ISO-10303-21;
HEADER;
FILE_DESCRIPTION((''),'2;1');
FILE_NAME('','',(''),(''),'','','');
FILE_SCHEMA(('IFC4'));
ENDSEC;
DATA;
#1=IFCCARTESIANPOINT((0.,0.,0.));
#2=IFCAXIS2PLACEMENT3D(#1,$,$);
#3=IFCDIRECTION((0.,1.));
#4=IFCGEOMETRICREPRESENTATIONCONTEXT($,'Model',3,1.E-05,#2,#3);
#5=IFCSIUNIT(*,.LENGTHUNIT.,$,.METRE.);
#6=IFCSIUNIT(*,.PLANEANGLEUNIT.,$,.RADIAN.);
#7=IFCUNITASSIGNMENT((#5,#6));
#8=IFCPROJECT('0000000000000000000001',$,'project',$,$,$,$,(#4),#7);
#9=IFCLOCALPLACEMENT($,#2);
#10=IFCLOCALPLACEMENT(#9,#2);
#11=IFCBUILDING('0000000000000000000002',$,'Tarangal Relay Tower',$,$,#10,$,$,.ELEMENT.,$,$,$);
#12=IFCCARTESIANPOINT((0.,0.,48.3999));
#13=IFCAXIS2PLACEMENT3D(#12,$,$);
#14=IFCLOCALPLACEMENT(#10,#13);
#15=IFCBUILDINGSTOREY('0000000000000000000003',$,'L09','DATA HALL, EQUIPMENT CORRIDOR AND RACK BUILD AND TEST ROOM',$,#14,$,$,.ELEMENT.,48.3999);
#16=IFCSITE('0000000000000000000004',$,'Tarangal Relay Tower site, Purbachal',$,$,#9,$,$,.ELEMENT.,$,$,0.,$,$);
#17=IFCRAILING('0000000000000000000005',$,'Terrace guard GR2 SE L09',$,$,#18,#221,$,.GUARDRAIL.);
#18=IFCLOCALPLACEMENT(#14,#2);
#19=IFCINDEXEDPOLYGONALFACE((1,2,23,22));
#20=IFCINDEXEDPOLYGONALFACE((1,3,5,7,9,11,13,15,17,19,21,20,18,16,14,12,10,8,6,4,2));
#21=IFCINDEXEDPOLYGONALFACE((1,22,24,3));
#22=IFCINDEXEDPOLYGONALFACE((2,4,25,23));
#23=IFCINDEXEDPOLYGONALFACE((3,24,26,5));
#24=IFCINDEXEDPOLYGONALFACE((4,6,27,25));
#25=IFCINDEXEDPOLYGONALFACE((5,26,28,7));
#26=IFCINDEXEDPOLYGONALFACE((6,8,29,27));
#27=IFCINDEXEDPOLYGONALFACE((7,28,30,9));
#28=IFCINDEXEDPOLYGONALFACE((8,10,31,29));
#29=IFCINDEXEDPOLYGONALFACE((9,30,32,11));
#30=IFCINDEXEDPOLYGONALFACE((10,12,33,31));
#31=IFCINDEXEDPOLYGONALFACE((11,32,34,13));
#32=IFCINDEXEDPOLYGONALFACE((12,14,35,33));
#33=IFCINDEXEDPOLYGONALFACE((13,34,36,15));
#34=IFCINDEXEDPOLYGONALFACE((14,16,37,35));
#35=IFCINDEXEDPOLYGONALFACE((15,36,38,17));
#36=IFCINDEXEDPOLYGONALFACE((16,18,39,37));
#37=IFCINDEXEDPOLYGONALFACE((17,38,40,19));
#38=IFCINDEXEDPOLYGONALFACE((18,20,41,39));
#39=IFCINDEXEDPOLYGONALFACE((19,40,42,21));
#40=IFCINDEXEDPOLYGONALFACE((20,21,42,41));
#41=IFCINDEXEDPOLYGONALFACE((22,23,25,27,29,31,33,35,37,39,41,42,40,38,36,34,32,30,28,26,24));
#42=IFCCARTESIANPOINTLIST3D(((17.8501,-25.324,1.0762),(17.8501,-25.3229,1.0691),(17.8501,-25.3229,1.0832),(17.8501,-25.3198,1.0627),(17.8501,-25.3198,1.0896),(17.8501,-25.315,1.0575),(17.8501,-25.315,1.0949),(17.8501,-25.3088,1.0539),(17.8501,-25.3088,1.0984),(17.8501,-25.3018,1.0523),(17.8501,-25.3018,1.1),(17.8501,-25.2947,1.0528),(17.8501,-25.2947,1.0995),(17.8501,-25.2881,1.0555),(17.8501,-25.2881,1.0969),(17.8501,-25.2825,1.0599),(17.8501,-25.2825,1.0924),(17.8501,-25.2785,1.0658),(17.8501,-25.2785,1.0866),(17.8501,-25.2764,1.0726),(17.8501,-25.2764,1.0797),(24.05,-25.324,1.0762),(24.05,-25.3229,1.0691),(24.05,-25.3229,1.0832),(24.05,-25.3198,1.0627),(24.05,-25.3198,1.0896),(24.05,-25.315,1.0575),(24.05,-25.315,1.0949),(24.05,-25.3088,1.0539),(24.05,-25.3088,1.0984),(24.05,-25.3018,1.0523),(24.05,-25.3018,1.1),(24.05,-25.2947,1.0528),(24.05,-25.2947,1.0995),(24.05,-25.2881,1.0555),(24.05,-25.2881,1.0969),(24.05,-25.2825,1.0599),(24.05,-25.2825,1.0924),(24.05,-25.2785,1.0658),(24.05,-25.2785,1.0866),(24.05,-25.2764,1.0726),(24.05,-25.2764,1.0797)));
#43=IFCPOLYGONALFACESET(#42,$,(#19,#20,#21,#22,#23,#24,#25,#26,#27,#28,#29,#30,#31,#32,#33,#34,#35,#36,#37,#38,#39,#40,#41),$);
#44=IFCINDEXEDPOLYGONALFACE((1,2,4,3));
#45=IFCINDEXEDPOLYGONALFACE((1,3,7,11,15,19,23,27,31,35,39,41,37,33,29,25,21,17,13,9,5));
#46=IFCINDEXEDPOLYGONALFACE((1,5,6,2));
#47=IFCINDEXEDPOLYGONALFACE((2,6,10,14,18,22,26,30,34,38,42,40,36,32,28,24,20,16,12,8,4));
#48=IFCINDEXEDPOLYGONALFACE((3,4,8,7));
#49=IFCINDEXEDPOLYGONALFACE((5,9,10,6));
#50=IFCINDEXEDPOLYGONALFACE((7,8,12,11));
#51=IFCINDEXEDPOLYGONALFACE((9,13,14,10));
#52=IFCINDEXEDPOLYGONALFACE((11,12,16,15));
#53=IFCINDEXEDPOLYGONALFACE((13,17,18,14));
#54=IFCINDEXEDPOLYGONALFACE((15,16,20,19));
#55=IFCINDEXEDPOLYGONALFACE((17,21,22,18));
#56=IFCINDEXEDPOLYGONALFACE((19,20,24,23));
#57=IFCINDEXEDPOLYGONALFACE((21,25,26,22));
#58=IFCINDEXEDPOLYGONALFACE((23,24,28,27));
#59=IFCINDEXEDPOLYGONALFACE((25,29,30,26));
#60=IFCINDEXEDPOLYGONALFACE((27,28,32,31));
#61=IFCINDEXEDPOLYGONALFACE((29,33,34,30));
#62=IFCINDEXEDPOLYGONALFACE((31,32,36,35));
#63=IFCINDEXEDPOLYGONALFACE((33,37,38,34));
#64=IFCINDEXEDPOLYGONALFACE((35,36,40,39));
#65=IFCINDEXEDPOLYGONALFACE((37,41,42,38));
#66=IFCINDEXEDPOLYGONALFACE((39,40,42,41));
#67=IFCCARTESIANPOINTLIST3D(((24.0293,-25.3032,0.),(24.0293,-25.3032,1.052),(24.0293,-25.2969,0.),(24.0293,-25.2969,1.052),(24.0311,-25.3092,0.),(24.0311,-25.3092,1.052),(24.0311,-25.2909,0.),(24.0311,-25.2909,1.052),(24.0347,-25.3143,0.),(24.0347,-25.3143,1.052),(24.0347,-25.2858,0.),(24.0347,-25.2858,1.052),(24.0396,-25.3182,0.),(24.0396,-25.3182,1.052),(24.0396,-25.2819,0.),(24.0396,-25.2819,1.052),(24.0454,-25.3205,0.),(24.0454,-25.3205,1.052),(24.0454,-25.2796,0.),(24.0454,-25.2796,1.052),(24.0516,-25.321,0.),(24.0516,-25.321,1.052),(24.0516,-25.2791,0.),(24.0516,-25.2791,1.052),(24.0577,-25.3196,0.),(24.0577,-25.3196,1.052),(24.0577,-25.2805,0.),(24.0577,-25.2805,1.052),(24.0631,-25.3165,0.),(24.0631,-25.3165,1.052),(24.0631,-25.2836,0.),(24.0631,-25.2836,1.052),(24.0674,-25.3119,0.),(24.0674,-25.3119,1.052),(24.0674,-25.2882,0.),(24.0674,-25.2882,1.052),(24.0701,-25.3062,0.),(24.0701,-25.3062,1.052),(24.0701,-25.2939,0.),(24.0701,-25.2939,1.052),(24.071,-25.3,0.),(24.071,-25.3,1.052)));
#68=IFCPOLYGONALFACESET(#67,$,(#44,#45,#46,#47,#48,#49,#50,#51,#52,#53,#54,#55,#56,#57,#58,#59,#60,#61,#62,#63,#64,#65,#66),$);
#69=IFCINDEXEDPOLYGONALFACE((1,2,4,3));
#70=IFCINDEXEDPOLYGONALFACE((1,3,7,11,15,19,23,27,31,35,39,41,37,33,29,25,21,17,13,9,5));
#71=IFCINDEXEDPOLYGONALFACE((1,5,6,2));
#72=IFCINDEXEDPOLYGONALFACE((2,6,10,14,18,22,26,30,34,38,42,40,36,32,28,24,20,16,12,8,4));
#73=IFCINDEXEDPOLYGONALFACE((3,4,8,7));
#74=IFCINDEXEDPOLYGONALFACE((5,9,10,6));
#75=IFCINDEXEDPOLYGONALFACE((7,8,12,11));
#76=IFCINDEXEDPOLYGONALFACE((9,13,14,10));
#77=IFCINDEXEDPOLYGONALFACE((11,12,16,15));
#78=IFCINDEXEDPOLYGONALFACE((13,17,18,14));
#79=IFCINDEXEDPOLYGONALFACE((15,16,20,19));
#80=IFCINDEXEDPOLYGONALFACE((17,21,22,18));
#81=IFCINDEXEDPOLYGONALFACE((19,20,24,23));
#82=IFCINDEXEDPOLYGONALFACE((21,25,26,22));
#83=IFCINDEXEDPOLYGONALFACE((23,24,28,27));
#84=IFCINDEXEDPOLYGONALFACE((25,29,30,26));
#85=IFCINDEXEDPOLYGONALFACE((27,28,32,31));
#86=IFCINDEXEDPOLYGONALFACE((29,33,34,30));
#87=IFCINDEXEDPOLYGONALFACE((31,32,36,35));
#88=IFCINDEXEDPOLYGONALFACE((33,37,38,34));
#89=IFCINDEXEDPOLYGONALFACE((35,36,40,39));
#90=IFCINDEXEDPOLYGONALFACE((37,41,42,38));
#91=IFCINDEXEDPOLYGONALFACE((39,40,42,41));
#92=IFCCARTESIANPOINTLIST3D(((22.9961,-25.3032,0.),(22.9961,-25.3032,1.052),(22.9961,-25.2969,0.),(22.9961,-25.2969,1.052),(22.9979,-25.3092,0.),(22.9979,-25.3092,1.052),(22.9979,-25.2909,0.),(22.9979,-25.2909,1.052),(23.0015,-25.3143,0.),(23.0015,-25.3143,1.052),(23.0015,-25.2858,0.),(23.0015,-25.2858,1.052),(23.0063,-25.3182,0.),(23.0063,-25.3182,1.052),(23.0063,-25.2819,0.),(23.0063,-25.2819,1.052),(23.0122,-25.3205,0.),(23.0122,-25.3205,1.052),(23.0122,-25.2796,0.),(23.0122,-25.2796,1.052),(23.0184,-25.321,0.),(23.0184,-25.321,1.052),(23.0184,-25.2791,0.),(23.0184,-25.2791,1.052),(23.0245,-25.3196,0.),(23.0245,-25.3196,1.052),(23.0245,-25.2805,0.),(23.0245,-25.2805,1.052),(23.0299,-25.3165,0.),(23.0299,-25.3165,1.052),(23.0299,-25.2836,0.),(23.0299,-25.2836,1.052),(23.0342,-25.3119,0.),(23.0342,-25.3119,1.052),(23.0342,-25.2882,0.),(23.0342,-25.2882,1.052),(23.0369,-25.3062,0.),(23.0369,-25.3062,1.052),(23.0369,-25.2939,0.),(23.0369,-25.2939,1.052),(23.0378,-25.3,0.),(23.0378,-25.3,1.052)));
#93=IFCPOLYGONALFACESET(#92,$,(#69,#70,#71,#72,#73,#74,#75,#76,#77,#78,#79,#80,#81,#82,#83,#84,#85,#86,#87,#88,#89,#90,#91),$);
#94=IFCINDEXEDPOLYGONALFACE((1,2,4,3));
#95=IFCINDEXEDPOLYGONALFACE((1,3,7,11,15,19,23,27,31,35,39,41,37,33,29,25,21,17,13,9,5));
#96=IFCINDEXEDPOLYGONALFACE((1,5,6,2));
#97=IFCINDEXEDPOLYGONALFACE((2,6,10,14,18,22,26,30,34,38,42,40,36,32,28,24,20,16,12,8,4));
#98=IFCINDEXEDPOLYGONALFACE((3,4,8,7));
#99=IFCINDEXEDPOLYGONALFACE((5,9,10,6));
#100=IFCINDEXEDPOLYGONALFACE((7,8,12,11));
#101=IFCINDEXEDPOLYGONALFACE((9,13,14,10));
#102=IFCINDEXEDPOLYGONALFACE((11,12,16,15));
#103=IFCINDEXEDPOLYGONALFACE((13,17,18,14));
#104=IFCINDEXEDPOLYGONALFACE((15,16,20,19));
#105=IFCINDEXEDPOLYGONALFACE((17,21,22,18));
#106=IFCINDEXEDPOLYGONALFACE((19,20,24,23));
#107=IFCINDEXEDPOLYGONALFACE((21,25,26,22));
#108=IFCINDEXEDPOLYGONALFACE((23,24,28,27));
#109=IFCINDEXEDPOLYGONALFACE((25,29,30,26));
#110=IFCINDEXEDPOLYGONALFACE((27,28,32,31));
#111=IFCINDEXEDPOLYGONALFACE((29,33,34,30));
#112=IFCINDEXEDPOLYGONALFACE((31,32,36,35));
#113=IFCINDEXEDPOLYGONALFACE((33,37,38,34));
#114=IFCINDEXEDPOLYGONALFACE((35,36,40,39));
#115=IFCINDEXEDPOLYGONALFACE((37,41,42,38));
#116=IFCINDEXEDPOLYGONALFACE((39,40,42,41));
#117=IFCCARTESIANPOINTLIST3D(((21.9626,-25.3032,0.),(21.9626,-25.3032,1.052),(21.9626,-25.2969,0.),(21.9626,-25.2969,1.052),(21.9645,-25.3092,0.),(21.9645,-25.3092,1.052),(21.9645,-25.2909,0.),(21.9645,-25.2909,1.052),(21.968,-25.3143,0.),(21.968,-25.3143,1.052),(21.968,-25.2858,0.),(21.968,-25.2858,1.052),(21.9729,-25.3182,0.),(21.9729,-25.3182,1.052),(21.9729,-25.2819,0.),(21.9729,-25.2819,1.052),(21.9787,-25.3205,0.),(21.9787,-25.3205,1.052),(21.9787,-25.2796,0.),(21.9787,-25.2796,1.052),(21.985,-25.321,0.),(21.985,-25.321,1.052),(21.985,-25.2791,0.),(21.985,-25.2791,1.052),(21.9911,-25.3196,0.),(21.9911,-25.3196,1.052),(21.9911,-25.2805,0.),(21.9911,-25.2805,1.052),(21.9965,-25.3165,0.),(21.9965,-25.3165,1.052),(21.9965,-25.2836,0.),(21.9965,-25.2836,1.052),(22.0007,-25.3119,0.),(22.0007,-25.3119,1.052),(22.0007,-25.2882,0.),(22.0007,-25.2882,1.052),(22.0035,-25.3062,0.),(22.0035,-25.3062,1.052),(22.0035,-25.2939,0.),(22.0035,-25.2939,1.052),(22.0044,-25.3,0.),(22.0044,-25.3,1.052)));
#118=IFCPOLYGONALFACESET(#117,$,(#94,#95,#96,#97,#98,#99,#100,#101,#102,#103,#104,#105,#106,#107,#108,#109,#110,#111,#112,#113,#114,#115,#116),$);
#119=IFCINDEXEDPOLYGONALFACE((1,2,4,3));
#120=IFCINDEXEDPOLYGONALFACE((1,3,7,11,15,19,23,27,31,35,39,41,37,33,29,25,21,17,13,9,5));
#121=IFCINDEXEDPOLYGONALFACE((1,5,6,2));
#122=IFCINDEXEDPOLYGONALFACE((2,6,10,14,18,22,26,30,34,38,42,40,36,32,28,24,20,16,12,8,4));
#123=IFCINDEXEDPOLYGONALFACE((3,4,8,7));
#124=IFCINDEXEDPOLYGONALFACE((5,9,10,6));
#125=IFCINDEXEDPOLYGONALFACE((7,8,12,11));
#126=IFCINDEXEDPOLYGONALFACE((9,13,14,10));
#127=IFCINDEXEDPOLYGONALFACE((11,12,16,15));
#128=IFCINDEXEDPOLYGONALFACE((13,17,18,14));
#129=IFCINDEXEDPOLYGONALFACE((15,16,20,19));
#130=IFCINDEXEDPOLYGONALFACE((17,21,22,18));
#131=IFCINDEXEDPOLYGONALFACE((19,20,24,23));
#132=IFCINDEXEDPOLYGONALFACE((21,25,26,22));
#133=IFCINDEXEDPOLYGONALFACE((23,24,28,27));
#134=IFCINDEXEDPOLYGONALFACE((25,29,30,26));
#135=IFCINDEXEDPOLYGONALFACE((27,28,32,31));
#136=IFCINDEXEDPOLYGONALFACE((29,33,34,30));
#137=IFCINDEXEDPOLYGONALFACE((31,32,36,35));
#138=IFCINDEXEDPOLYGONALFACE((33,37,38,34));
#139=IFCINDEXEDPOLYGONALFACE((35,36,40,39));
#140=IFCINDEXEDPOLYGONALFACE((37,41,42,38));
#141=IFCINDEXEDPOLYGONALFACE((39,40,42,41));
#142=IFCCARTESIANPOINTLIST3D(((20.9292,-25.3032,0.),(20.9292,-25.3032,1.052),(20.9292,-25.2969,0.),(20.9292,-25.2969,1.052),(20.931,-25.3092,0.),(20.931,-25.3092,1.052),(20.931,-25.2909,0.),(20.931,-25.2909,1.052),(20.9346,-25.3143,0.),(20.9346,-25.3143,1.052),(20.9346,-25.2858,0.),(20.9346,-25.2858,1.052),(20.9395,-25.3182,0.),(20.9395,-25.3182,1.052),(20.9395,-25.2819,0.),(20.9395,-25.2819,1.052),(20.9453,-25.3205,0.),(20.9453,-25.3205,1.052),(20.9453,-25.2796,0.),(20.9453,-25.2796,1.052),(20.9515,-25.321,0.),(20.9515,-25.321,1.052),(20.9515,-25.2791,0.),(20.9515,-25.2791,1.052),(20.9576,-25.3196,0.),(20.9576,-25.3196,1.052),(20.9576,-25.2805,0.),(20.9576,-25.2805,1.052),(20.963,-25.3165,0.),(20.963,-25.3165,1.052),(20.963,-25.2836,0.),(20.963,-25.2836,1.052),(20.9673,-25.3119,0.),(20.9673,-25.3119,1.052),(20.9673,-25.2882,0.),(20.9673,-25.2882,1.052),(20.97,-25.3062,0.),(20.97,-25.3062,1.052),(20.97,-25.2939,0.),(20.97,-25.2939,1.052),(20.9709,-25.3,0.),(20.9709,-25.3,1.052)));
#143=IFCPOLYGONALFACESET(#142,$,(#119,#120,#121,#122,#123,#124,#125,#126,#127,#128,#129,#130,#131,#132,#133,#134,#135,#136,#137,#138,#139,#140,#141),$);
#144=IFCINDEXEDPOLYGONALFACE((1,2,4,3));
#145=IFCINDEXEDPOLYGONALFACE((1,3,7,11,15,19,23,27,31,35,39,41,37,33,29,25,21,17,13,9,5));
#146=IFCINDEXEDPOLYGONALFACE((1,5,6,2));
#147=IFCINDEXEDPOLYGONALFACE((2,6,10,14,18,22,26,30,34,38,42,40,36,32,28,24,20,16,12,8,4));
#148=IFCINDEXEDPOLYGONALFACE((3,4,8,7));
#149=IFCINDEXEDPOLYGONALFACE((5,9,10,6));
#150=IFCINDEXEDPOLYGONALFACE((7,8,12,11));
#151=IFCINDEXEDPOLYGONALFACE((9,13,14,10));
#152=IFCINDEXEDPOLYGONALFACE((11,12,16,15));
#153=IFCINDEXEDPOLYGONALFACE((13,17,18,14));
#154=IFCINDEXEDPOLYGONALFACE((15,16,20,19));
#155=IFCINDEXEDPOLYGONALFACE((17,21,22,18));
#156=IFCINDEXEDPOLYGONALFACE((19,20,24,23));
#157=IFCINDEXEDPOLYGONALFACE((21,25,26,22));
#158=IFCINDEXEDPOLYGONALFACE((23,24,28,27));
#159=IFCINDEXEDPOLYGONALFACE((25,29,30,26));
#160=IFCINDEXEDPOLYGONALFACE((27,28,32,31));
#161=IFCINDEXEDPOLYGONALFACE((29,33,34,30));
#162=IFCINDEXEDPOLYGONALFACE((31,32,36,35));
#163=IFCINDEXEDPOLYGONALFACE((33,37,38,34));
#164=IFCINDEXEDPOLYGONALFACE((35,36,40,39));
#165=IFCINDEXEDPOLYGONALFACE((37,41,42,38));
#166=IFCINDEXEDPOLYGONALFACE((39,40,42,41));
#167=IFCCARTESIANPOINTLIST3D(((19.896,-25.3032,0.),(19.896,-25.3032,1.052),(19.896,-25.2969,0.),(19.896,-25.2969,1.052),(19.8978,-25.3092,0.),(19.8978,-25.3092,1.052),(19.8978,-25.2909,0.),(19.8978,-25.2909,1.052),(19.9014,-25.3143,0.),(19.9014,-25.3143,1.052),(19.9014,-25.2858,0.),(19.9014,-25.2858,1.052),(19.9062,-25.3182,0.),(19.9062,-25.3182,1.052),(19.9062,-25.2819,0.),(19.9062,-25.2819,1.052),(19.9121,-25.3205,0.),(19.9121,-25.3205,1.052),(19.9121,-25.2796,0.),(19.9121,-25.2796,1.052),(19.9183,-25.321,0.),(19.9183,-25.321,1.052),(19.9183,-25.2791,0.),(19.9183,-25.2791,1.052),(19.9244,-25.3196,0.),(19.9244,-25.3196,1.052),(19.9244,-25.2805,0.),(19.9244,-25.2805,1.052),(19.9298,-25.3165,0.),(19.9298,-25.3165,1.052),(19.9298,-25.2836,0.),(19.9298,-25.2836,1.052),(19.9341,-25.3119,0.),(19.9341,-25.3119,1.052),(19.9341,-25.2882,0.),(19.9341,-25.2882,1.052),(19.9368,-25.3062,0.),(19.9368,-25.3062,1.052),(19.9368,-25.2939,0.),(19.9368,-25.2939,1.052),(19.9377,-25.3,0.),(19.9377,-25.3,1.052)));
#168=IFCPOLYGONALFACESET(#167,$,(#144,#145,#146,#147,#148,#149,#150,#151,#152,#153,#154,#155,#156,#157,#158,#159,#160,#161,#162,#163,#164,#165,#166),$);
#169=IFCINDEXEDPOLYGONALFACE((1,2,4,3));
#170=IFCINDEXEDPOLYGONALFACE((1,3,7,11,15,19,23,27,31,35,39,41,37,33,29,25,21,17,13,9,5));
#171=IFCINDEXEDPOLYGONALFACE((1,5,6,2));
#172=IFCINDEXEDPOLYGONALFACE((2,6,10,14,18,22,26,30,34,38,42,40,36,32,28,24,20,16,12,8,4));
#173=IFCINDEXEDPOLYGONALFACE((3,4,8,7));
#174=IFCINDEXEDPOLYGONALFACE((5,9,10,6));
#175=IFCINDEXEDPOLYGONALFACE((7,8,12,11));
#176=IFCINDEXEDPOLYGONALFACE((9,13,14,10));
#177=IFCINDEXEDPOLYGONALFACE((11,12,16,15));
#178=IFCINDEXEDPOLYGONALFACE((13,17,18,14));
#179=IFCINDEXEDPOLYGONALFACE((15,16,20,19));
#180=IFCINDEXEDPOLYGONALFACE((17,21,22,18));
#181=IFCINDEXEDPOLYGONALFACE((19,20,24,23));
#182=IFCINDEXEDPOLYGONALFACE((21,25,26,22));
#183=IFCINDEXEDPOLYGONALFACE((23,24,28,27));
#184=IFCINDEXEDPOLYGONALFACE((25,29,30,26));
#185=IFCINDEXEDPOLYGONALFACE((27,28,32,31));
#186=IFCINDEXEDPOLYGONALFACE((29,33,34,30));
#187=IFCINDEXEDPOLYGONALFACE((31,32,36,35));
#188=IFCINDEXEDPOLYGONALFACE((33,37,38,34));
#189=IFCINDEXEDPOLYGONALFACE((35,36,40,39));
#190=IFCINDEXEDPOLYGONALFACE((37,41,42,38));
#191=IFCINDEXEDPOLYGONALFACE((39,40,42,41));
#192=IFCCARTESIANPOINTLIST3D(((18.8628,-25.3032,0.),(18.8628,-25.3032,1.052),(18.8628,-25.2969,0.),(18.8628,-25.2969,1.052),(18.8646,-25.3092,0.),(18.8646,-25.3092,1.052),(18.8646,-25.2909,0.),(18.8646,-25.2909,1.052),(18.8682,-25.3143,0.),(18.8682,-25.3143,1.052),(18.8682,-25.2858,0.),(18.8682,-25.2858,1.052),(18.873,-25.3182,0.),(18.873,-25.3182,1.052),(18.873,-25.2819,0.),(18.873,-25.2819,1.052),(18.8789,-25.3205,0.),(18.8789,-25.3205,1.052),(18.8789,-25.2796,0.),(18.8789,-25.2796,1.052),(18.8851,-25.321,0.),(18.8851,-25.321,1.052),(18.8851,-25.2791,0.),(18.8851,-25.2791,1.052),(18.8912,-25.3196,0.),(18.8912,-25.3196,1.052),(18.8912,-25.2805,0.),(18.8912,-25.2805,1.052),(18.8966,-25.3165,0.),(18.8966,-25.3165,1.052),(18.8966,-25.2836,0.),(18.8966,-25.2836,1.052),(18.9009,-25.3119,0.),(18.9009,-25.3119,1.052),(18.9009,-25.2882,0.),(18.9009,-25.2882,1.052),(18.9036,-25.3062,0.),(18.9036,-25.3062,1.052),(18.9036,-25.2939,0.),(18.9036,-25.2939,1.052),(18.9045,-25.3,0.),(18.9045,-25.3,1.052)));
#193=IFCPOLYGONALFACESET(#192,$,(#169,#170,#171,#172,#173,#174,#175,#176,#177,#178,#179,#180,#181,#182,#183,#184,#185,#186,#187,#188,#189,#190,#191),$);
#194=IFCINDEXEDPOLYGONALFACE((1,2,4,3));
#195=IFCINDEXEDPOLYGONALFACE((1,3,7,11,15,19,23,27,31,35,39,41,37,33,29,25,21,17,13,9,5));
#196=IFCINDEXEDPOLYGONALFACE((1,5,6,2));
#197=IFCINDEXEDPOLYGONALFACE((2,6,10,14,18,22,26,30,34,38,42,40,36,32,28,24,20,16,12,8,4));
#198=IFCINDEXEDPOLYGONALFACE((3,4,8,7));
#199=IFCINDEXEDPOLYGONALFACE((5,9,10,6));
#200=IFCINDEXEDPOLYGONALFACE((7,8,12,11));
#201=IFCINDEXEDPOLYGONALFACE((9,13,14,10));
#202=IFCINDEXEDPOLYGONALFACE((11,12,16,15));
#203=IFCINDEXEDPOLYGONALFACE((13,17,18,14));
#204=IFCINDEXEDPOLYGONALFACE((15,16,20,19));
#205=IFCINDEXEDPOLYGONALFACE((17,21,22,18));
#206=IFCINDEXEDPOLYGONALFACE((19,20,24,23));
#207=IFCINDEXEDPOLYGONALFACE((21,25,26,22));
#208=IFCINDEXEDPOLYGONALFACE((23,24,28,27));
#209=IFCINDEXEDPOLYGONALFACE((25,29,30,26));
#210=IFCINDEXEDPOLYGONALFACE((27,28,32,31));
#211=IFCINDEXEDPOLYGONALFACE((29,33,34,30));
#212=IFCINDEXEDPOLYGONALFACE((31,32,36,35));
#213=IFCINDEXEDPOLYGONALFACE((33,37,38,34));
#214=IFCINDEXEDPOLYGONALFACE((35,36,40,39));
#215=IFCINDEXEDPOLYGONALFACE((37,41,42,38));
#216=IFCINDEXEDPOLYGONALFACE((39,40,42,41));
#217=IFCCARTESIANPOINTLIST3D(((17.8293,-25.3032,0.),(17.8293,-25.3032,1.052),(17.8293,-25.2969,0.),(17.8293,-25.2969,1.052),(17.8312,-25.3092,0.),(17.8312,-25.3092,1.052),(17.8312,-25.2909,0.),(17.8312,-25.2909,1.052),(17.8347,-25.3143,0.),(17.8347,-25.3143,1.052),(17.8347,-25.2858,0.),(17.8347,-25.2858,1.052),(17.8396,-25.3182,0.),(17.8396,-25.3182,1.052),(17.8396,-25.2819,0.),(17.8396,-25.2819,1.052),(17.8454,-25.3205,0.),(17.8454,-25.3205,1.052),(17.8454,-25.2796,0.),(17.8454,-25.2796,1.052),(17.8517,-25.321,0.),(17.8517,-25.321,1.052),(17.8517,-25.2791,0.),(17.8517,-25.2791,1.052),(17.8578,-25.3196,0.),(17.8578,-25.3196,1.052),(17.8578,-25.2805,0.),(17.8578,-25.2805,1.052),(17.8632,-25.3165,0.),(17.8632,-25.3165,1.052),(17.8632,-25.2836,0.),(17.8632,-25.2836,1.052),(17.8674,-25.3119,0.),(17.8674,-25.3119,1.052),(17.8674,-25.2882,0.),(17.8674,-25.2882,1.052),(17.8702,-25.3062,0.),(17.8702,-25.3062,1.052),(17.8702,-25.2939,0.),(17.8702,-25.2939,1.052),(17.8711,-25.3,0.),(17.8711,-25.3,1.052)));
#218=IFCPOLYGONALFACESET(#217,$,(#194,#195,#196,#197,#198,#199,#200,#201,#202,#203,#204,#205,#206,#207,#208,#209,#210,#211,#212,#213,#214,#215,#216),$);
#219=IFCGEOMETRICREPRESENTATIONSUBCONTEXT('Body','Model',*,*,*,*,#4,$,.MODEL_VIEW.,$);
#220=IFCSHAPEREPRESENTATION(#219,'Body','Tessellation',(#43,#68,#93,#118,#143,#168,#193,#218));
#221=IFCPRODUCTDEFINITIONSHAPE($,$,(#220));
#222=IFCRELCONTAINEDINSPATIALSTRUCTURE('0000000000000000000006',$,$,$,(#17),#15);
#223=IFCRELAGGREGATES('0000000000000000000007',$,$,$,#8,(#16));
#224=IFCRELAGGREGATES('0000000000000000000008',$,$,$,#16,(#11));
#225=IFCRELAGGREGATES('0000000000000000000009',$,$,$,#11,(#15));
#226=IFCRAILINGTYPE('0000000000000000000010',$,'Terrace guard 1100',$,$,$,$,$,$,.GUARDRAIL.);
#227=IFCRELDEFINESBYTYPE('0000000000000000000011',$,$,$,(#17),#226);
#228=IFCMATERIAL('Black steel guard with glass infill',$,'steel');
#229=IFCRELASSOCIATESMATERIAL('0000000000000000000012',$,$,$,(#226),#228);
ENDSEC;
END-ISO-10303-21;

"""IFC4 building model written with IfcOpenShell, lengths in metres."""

from ifc_helpers import new_model, si_unit, direction, frame, origin, origin_2d, place, context, subcontext, project, spatial, circle, extrude, material, type_object, element, save


model = new_model("IFC4")

# Units and contexts
model_context = context("Model", 3, precision=1e-05, world=origin(), true_north=direction((0.0, 1.0)))
body_context = subcontext(model_context, "Body", "Model", "MODEL_VIEW")
ifc_project = project(units=[si_unit("LENGTHUNIT", "METRE"), si_unit("PLANEANGLEUNIT", "RADIAN")], contexts=[model_context])

# Site, building, storey
site_placement = place(None, origin())
site = spatial("IfcSite", under=ifc_project, at=site_placement, Name="Tarangal Relay Tower site, Purbachal", CompositionType="ELEMENT", RefElevation=0.0)
building_placement = place(site_placement, origin())
building = spatial("IfcBuilding", under=site, at=building_placement, Name="Tarangal Relay Tower", CompositionType="ELEMENT")
storey_placement = place(building_placement, frame((0.0, 0.0, 48.3999)))
storey = spatial("IfcBuildingStorey", under=building, at=storey_placement, Name="L09", Description="DATA HALL, EQUIPMENT CORRIDOR AND RACK BUILD AND TEST ROOM", CompositionType="ELEMENT", Elevation=48.3999)

# Railing
ifc_material_1 = material(Name="Black steel guard with glass infill", Category="steel")
railing_type = type_object("IfcRailingType", Name="Terrace guard 1100", PredefinedType="GUARDRAIL", material=ifc_material_1)
railing_1_placement = place(storey_placement, frame((24.05, -25.3, 0.0)))
element("IfcRailing", 1, at=railing_1_placement, inside=storey, type_object=railing_type, Name="Terrace guard GR2 SE L09", PredefinedType="GUARDRAIL", context=body_context, shape_type="SweptSolid", body=[
    extrude(circle(Radius=0.0239, at=origin_2d()), frame((0.0, 0.0, 1.0762), z_axis=(-1.0, 0.0, 0.0), x_axis=(0.0, -1.0, 0.0)), (0.0, 0.0, 1.0), 6.2),
    extrude(circle(Radius=0.021, at=origin_2d()), origin(), (0.0, 0.0, 1.0), 1.052),
    extrude(circle(Radius=0.021, at=origin_2d()), frame((-1.0332, 0.0, 0.0)), (0.0, 0.0, 1.0), 1.052),
    extrude(circle(Radius=0.021, at=origin_2d()), frame((-2.0667, 0.0, 0.0)), (0.0, 0.0, 1.0), 1.052),
    extrude(circle(Radius=0.021, at=origin_2d()), frame((-3.1001, 0.0, 0.0)), (0.0, 0.0, 1.0), 1.052),
    extrude(circle(Radius=0.021, at=origin_2d()), frame((-4.1333, 0.0, 0.0)), (0.0, 0.0, 1.0), 1.052),
    extrude(circle(Radius=0.021, at=origin_2d()), frame((-5.1665, 0.0, 0.0)), (0.0, 0.0, 1.0), 1.052),
    extrude(circle(Radius=0.021, at=origin_2d()), frame((-6.2, 0.0, 0.0)), (0.0, 0.0, 1.0), 1.052),
])

save(model, "model.ifc")
